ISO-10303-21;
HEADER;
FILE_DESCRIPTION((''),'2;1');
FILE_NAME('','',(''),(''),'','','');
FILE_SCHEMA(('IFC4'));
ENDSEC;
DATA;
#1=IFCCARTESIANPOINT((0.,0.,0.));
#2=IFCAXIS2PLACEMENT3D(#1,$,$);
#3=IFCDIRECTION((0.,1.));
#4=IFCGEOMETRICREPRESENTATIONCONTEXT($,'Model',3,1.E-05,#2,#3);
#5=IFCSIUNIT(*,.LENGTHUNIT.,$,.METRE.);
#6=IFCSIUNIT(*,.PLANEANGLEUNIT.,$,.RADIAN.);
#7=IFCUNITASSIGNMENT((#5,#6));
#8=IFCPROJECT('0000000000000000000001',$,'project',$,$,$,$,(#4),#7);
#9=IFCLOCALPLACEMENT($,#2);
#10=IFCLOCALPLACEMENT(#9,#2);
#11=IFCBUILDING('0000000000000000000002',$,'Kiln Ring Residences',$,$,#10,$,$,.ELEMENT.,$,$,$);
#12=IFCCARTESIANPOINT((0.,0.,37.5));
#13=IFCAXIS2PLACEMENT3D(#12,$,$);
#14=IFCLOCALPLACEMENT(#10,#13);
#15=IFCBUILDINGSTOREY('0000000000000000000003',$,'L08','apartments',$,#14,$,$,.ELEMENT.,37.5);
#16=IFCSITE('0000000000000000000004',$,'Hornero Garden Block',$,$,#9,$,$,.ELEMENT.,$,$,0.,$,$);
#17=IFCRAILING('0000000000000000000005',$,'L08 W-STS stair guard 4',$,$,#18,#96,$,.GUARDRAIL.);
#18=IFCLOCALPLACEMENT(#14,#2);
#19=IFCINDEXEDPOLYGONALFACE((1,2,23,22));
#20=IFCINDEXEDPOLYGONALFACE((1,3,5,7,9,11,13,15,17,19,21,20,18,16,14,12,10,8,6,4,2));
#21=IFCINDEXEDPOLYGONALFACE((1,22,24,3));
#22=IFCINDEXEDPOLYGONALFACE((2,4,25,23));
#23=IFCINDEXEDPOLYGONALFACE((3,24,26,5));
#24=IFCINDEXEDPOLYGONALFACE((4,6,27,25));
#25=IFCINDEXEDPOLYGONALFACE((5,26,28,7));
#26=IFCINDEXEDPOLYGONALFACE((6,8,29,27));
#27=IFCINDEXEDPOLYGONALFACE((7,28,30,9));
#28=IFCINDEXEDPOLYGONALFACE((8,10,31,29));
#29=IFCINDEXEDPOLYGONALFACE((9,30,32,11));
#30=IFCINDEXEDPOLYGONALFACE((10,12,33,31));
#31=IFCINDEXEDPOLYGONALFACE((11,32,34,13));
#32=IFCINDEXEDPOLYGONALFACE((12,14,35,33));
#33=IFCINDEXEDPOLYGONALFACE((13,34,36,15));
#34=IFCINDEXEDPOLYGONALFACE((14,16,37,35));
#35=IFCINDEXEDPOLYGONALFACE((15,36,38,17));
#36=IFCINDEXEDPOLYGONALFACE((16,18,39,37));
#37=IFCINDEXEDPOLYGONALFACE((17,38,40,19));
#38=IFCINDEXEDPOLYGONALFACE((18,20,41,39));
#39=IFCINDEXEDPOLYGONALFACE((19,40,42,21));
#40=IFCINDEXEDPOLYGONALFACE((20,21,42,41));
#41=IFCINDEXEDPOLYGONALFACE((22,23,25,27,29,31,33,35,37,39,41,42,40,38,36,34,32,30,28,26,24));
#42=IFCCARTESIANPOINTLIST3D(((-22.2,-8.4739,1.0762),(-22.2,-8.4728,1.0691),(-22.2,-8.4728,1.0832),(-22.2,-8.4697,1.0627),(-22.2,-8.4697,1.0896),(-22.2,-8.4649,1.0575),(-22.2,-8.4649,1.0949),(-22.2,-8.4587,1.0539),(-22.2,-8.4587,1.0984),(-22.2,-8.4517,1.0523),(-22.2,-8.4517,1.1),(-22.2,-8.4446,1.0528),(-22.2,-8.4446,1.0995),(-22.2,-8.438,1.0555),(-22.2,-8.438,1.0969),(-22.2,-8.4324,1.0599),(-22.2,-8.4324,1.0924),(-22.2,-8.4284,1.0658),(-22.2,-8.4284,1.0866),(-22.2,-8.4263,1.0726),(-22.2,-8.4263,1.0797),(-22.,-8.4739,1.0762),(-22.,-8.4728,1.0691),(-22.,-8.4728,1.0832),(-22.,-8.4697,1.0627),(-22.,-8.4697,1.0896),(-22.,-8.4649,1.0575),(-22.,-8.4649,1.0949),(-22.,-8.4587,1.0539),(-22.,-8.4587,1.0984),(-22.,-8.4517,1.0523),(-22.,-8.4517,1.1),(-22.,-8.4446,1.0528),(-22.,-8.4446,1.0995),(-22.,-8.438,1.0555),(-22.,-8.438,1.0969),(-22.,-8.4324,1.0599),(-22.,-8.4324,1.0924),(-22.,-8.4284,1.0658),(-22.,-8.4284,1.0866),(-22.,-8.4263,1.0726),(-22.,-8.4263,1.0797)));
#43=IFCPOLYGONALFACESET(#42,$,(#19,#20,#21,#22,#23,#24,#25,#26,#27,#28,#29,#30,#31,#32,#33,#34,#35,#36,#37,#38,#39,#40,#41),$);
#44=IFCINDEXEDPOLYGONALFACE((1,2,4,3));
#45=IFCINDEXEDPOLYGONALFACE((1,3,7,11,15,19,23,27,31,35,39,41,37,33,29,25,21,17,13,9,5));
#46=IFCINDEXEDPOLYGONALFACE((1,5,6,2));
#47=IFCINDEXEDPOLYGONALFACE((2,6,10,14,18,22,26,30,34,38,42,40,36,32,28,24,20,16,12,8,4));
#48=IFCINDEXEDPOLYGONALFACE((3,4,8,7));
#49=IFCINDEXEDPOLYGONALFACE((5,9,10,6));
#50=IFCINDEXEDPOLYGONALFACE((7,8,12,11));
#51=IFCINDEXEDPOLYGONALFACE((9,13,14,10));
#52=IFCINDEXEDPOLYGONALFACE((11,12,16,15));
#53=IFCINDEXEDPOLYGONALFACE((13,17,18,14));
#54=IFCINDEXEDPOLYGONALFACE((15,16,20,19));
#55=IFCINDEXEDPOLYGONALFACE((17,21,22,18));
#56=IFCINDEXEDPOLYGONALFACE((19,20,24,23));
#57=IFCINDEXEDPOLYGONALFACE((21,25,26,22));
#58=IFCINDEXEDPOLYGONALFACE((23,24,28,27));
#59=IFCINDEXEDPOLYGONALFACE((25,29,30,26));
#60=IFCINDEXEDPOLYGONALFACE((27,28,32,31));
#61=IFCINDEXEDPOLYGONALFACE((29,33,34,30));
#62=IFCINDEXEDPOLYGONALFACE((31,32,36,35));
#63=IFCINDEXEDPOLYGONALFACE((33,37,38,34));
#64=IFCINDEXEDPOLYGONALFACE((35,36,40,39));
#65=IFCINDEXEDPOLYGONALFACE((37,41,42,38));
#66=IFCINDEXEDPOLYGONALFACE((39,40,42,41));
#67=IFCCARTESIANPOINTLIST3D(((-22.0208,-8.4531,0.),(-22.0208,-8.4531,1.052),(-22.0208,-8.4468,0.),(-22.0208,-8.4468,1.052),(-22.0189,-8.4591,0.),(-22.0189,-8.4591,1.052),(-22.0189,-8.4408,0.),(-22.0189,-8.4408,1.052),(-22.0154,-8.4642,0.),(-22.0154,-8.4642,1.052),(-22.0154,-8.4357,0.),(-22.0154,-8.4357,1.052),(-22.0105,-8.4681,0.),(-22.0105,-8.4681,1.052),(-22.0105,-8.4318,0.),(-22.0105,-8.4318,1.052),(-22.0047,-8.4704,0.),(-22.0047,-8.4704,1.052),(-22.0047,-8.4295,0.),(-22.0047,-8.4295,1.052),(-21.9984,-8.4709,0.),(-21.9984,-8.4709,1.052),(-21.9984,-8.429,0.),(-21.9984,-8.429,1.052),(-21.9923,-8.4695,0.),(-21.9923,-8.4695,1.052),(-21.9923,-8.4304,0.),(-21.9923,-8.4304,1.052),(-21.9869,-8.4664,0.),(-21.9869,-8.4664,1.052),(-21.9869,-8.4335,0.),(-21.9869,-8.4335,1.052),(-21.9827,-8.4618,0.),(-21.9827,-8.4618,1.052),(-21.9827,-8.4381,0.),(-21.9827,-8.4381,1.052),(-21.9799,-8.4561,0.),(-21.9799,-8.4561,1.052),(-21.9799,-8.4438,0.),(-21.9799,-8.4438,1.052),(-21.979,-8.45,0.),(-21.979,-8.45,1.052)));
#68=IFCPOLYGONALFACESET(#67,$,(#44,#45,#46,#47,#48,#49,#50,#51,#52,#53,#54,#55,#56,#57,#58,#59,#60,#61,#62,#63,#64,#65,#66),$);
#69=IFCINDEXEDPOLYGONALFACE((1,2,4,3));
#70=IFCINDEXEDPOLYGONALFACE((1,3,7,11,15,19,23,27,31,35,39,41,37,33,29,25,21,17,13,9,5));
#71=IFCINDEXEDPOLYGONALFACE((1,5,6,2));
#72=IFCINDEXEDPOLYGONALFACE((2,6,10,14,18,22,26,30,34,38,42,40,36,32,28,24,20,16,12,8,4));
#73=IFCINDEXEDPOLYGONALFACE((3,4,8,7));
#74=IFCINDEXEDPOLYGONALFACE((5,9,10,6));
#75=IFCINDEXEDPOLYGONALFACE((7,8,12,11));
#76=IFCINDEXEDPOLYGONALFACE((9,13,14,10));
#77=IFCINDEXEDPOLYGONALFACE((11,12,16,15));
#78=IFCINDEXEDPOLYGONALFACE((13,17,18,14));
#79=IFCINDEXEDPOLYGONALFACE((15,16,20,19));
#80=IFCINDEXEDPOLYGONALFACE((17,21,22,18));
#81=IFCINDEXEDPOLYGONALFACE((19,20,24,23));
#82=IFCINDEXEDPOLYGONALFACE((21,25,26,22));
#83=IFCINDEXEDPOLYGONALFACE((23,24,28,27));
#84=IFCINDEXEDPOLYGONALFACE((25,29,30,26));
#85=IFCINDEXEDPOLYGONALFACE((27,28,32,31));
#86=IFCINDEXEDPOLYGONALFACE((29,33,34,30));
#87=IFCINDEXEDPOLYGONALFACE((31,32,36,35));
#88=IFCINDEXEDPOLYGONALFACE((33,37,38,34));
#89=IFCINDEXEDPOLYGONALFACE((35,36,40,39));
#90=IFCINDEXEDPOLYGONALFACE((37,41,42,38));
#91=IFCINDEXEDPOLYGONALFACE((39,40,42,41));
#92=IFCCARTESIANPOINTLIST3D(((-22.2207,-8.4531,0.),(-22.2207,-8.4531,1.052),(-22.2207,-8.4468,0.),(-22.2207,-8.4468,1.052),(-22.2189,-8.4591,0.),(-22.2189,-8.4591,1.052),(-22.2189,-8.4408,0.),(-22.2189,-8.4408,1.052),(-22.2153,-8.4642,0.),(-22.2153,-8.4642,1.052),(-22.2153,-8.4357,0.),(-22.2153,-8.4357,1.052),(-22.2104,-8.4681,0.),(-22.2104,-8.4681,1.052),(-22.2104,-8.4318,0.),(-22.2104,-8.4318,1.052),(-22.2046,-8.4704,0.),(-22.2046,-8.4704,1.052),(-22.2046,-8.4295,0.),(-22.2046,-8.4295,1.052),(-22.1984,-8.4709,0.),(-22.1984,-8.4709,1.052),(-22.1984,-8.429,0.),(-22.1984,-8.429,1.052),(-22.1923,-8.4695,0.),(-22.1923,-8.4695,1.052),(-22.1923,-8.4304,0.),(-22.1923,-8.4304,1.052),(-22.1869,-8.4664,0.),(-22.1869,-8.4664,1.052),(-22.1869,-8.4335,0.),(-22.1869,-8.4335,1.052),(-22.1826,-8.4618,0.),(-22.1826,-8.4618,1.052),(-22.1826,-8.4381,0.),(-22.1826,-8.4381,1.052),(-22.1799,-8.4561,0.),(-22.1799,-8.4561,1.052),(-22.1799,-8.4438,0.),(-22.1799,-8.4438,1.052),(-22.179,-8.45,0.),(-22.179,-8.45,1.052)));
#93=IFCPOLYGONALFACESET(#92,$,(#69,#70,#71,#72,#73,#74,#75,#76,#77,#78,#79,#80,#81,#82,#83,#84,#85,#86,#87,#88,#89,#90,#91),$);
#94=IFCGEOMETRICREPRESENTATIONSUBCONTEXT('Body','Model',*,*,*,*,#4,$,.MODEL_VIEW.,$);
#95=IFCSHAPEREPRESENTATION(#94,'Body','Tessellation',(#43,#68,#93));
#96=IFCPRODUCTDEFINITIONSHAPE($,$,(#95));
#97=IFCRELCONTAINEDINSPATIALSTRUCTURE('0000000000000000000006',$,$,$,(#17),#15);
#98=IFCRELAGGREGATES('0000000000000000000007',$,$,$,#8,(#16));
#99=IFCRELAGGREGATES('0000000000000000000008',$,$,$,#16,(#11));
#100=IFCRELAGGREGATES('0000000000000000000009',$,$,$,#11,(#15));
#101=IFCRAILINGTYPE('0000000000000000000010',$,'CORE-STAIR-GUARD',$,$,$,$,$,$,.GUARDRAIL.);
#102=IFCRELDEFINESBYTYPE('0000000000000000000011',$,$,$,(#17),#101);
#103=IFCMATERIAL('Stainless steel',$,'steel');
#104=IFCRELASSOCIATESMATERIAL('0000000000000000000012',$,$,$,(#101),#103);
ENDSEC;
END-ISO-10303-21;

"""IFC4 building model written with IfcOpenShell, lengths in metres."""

from ifc_helpers import new_model, si_unit, direction, frame, origin, origin_2d, place, context, subcontext, project, spatial, circle, extrude, material, type_object, element, save


model = new_model("IFC4")

# Units and contexts
model_context = context("Model", 3, precision=1e-05, world=origin(), true_north=direction((0.0, 1.0)))
body_context = subcontext(model_context, "Body", "Model", "MODEL_VIEW")
ifc_project = project(units=[si_unit("LENGTHUNIT", "METRE"), si_unit("PLANEANGLEUNIT", "RADIAN")], contexts=[model_context])

# Site, building, storey
site_placement = place(None, origin())
site = spatial("IfcSite", under=ifc_project, at=site_placement, Name="Hornero Garden Block", CompositionType="ELEMENT", RefElevation=0.0)
building_placement = place(site_placement, origin())
building = spatial("IfcBuilding", under=site, at=building_placement, Name="Kiln Ring Residences", CompositionType="ELEMENT")
storey_placement = place(building_placement, frame((0.0, 0.0, 37.5)))
storey = spatial("IfcBuildingStorey", under=building, at=storey_placement, Name="L08", Description="apartments", CompositionType="ELEMENT", Elevation=37.5)

# Railing
ifc_material_1 = material(Name="Stainless steel", Category="steel")
railing_type_1 = type_object("IfcRailingType", Name="CORE-STAIR-GUARD", PredefinedType="GUARDRAIL", material=ifc_material_1)
railing_1_placement = place(storey_placement, frame((-22.0, -8.45, 0.0)))
element("IfcRailing", 1, at=railing_1_placement, inside=storey, type_object=railing_type_1, Name="L08 W-STS stair guard 4", PredefinedType="GUARDRAIL", context=body_context, shape_type="SweptSolid", body=[
    extrude(circle(Radius=0.0239, at=origin_2d()), frame((0.0, 0.0, 1.0762), z_axis=(-1.0, 0.0, 0.0), x_axis=(0.0, -1.0, 0.0)), (0.0, 0.0, 1.0), 0.2),
    extrude(circle(Radius=0.021, at=origin_2d()), origin(), (0.0, 0.0, 1.0), 1.052),
    extrude(circle(Radius=0.021, at=origin_2d()), frame((-0.2, 0.0, 0.0)), (0.0, 0.0, 1.0), 1.052),
])

save(model, "model.ifc")
